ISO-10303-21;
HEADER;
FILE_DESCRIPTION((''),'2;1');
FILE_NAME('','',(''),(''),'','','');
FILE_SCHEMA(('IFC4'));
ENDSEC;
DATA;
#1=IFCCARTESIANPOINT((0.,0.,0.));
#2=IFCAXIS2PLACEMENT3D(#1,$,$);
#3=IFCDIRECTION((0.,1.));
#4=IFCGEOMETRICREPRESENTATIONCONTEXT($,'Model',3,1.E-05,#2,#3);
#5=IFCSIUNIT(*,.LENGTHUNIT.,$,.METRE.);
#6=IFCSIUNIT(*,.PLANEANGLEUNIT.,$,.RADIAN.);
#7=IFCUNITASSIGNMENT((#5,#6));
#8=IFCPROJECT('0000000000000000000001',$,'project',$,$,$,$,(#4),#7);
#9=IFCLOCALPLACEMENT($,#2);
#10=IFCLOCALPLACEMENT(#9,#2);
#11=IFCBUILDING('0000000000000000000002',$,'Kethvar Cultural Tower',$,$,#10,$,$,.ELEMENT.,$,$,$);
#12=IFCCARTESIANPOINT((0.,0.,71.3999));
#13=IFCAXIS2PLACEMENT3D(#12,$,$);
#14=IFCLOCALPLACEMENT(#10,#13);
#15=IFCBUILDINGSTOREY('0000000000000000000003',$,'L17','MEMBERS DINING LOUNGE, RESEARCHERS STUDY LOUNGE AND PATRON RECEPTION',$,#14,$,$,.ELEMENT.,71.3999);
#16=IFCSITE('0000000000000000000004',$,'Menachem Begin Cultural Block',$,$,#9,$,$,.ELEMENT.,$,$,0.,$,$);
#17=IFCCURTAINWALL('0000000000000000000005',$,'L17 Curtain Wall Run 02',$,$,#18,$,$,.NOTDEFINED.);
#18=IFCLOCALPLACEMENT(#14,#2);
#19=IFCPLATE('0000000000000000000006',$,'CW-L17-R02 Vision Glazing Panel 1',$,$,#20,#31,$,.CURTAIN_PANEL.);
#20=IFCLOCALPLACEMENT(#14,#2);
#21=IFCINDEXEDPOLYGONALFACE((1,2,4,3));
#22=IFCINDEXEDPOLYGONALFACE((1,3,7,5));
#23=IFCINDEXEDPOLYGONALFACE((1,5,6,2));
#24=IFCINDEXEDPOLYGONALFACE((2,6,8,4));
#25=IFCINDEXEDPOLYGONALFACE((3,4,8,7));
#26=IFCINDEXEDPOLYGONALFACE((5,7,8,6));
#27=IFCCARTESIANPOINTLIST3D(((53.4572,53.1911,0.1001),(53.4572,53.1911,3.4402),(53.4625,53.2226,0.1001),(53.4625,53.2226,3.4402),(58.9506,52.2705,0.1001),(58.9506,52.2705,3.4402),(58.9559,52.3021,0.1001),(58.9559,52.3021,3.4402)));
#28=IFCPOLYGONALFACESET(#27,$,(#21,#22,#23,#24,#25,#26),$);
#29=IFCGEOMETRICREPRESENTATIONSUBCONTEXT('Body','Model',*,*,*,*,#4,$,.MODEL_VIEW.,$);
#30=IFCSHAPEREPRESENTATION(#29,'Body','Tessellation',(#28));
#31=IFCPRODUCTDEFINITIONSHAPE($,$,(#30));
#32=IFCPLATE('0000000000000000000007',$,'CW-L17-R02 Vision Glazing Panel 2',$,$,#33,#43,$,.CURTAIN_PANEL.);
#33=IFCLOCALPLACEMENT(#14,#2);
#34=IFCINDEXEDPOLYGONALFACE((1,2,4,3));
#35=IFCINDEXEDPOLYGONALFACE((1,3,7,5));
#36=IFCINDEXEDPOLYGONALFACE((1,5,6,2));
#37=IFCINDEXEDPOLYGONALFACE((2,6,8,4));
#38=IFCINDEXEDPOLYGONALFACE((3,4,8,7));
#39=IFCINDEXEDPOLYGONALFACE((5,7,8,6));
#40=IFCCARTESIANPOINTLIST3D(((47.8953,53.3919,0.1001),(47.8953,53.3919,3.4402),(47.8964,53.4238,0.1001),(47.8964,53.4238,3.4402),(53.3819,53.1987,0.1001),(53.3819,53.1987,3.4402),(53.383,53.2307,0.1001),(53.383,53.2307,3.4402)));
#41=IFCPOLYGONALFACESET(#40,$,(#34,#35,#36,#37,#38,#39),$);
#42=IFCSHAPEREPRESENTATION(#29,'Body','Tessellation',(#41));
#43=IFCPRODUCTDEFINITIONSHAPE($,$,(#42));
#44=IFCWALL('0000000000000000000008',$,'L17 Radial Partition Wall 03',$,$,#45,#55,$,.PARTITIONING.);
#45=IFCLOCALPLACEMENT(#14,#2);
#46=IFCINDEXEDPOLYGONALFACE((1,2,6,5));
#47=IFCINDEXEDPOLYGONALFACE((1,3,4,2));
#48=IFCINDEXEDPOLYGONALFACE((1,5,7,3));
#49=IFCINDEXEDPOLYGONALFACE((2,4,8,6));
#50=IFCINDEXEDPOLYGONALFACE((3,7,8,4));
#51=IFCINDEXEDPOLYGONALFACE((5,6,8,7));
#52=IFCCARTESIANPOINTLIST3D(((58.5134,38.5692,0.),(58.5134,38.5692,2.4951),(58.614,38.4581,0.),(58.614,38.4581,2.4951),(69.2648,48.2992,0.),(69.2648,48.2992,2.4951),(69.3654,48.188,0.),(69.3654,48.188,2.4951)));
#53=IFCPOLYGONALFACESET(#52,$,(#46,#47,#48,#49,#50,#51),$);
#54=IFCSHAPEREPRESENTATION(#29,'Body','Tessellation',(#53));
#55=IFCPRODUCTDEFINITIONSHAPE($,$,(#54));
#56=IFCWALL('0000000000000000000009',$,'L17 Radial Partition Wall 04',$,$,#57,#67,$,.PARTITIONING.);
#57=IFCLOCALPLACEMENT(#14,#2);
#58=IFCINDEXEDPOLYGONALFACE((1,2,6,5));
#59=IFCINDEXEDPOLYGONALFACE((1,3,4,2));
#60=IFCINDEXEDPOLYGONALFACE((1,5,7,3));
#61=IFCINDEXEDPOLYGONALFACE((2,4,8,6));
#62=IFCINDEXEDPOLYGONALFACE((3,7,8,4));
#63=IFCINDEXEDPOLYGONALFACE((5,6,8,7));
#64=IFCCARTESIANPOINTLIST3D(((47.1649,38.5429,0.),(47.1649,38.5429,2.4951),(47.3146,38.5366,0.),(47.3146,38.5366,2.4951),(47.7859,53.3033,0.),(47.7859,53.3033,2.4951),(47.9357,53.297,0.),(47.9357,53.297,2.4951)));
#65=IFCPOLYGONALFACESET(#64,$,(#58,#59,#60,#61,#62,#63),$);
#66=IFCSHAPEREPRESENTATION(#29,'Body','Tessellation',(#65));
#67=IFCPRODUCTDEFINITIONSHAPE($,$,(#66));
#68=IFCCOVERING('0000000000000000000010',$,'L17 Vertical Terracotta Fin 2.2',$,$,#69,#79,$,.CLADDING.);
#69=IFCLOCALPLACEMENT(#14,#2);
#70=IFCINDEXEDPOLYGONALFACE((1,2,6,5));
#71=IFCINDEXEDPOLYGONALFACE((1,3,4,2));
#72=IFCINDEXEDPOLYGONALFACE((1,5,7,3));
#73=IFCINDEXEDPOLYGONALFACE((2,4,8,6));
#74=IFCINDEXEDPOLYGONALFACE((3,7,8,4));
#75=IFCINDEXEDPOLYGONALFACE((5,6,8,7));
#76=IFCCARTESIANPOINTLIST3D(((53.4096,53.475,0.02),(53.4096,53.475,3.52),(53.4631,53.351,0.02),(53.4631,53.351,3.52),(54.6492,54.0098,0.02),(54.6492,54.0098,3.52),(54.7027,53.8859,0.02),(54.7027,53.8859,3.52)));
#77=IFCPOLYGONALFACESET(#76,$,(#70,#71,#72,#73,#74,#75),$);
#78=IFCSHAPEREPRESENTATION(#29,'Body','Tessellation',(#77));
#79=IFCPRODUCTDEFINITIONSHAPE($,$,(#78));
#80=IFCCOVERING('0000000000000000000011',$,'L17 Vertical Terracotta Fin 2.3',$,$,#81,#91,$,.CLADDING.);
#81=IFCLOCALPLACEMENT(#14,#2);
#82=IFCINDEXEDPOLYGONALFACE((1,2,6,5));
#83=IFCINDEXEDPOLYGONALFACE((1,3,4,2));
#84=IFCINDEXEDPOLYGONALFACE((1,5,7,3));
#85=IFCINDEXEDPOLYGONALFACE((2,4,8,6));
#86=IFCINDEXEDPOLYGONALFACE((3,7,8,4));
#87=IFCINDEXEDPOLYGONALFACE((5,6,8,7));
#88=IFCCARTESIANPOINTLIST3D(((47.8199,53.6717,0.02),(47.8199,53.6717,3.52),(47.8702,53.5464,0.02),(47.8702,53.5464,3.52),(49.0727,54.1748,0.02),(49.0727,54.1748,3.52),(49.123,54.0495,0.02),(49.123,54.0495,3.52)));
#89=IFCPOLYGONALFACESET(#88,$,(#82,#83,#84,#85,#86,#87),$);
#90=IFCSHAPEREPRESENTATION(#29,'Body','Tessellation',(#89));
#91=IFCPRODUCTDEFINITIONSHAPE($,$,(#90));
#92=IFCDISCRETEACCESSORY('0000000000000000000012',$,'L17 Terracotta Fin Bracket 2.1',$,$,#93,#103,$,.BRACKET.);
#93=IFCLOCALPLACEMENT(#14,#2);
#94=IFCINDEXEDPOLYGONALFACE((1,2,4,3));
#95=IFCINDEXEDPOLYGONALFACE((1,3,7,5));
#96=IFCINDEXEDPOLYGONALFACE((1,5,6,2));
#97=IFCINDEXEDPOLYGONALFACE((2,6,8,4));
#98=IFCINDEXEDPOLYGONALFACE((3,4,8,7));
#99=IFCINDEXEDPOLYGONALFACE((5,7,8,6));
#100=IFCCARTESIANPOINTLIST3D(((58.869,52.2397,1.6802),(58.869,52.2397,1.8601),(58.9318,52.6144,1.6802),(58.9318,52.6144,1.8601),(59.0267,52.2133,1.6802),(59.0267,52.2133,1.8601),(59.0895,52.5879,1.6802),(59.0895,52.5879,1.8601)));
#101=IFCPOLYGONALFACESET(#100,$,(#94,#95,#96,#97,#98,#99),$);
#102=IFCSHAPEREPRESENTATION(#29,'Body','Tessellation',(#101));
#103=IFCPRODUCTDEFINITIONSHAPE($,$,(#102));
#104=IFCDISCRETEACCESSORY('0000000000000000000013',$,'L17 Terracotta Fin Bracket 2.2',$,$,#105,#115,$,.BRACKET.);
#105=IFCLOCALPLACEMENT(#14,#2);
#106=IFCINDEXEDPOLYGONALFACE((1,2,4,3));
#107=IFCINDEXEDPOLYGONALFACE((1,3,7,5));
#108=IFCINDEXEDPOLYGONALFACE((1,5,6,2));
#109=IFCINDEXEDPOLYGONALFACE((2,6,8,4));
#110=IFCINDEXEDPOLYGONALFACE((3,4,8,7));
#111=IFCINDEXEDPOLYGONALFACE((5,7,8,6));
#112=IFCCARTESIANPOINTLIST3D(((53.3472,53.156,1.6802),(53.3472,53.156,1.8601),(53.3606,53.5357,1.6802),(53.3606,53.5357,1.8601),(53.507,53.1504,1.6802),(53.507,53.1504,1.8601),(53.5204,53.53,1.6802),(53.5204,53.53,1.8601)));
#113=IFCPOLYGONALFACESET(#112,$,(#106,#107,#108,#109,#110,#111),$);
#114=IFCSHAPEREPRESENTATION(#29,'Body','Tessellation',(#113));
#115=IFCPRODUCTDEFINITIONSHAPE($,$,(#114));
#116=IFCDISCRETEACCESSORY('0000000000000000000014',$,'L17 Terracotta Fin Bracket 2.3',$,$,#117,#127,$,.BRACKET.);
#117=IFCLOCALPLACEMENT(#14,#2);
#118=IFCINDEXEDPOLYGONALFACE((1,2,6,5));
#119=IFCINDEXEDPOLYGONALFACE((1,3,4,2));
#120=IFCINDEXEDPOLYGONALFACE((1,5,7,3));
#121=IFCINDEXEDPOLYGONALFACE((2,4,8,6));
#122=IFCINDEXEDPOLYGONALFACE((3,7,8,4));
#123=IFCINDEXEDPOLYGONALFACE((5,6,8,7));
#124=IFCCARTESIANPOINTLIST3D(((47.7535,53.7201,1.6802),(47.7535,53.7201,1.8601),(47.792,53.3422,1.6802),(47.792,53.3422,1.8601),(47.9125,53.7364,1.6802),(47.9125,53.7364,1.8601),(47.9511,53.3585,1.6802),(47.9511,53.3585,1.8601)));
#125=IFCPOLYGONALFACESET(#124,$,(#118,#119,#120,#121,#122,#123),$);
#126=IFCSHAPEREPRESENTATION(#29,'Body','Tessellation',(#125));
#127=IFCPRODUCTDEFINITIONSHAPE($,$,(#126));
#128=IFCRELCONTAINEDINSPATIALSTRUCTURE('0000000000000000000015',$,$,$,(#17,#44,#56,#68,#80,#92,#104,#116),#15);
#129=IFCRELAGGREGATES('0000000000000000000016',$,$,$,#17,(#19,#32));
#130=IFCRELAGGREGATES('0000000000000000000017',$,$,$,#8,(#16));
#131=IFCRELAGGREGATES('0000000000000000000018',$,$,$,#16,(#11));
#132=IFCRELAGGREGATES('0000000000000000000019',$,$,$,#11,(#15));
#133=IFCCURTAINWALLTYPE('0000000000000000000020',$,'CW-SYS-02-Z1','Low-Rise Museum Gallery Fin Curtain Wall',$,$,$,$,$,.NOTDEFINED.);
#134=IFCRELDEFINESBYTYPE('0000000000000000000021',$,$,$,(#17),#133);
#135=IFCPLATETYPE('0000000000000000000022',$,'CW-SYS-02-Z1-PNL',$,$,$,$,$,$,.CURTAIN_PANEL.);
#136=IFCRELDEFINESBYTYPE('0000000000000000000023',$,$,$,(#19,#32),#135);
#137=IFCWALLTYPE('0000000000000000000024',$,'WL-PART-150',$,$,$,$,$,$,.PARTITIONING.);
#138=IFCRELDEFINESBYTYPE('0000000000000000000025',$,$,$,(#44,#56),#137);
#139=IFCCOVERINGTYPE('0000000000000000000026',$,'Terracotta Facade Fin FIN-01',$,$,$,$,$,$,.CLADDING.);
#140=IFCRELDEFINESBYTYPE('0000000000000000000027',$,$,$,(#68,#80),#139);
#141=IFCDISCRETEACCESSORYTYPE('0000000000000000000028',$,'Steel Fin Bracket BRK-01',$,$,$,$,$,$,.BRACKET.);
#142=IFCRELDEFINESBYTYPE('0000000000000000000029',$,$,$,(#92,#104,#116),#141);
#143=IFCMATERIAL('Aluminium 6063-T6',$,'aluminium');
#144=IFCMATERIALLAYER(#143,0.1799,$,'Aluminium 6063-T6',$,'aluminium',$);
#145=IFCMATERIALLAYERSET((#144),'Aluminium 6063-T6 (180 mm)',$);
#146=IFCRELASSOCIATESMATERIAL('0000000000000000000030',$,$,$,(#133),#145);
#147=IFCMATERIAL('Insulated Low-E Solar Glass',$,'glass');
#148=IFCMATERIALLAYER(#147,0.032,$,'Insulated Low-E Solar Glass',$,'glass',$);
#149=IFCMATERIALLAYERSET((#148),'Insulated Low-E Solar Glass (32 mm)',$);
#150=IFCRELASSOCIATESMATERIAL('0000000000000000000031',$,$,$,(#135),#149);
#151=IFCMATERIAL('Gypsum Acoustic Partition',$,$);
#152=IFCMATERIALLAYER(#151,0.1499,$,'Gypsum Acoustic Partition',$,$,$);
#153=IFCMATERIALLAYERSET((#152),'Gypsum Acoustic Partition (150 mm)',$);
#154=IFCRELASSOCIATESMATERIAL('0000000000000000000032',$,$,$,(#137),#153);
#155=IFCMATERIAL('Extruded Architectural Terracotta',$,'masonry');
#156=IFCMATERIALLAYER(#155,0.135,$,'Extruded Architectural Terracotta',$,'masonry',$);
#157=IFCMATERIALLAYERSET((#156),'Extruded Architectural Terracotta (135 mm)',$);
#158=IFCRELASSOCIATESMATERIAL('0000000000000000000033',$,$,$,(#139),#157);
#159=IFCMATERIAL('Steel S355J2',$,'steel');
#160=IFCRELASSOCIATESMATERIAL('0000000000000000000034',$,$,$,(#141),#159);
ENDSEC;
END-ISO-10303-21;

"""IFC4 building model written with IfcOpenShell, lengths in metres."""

from ifc_helpers import new_model, si_unit, direction, frame, frame_2d, origin, origin_2d, place, context, subcontext, project, spatial, rectangle, extrude, source, transform, mapped, material, layer, layer_set, type_object, element, aggregate, save


model = new_model("IFC4")

# Units and contexts
model_context = context("Model", 3, precision=1e-05, world=origin(), true_north=direction((0.0, 1.0)))
body_context = subcontext(model_context, "Body", "Model", "MODEL_VIEW")
ifc_project = project(units=[si_unit("LENGTHUNIT", "METRE"), si_unit("PLANEANGLEUNIT", "RADIAN")], contexts=[model_context])

# Site, building, storey
site_placement = place(None, origin())
site = spatial("IfcSite", under=ifc_project, at=site_placement, Name="Menachem Begin Cultural Block", CompositionType="ELEMENT", RefElevation=0.0)
building_placement = place(site_placement, origin())
building = spatial("IfcBuilding", under=site, at=building_placement, Name="Kethvar Cultural Tower", CompositionType="ELEMENT")
storey_placement = place(building_placement, frame((0.0, 0.0, 71.3999)))
storey = spatial("IfcBuildingStorey", under=building, at=storey_placement, Name="L17", Description="MEMBERS DINING LOUNGE, RESEARCHERS STUDY LOUNGE AND PATRON RECEPTION", CompositionType="ELEMENT", Elevation=71.3999)

# Shared definitions
ifc_material_1 = material(Name="Steel S355J2", Category="steel")

# Curtain wall
ifc_material_2 = material(Name="Aluminium 6063-T6", Category="aluminium")
ifc_layer_1 = layer(ifc_material_2, 0.1799, Name="Aluminium 6063-T6", Category="aluminium")
ifc_layer_set_1 = layer_set([ifc_layer_1], Name="Aluminium 6063-T6 (180 mm)")
curtain_wall_type = type_object("IfcCurtainWallType", Name="CW-SYS-02-Z1", Description="Low-Rise Museum Gallery Fin Curtain Wall", PredefinedType="NOTDEFINED", material=ifc_layer_set_1)
curtain_wall_1_placement = place(storey_placement, origin())
curtain_wall_1 = element("IfcCurtainWall", 1, at=curtain_wall_1_placement, inside=storey, type_object=curtain_wall_type, Name="L17 Curtain Wall Run 02", PredefinedType="NOTDEFINED")

# Plates
ifc_material_3 = material(Name="Insulated Low-E Solar Glass", Category="glass")
ifc_layer_2 = layer(ifc_material_3, 0.032, Name="Insulated Low-E Solar Glass", Category="glass")
ifc_layer_set_2 = layer_set([ifc_layer_2], Name="Insulated Low-E Solar Glass (32 mm)")
plate_type = type_object("IfcPlateType", Name="CW-SYS-02-Z1-PNL", PredefinedType="CURTAIN_PANEL", material=ifc_layer_set_2)
shared_shape_1 = source(origin(), body_context, "Body", "SweptSolid", [
    extrude(rectangle(XDim=5.5701, YDim=0.032, at=origin_2d()), origin(), (0.0, 0.0, 1.0), 3.3401),
])
plate_1_placement = place(storey_placement, frame((56.2065, 52.7466, 0.1001), z_axis=(0.0, 0.0, 1.0), x_axis=(-0.986248, 0.165271, 0.0)))
plate_1 = element("IfcPlate", 2, at=plate_1_placement, type_object=plate_type, Name="CW-L17-R02 Vision Glazing Panel 1", PredefinedType="CURTAIN_PANEL", context=body_context, shape_type="MappedRepresentation", body=[
    mapped(shared_shape_1, transform((0.0, 0.0, 0.0), scale=1.0)),
])
shared_shape_2 = source(origin(), body_context, "Body", "SweptSolid", [
    extrude(rectangle(XDim=5.49, YDim=0.032, at=origin_2d()), origin(), (0.0, 0.0, 1.0), 3.3401),
])
plate_2_placement = place(storey_placement, frame((50.6392, 53.3113, 0.1001), z_axis=(0.0, 0.0, 1.0), x_axis=(-0.999381, 0.035179, 0.0)))
plate_2 = element("IfcPlate", 3, at=plate_2_placement, type_object=plate_type, Name="CW-L17-R02 Vision Glazing Panel 2", PredefinedType="CURTAIN_PANEL", context=body_context, shape_type="MappedRepresentation", body=[
    mapped(shared_shape_2, transform((0.0, 0.0, 0.0), scale=1.0)),
])
aggregate(curtain_wall_1, [plate_1, plate_2])

# Walls
ifc_material_4 = material(Name="Gypsum Acoustic Partition")
ifc_layer_3 = layer(ifc_material_4, 0.1499, Name="Gypsum Acoustic Partition")
ifc_layer_set_3 = layer_set([ifc_layer_3], Name="Gypsum Acoustic Partition (150 mm)")
wall_type_1 = type_object("IfcWallType", Name="WL-PART-150", PredefinedType="PARTITIONING", material=ifc_layer_set_3)
wall_1_placement = place(storey_placement, frame((58.5637, 38.5137, 0.0), z_axis=(0.0, 0.0, 1.0), x_axis=(0.741451, 0.671007, 0.0)))
element("IfcWall", 4, at=wall_1_placement, inside=storey, type_object=wall_type_1, Name="L17 Radial Partition Wall 03", PredefinedType="PARTITIONING", context=body_context, shape_type="SweptSolid", body=[
    extrude(rectangle(XDim=14.5005, YDim=0.1499, at=frame_2d((7.2502, 0.0))), origin(), (0.0, 0.0, 1.0), 2.4951),
])
wall_2_placement = place(storey_placement, frame((47.2397, 38.5398, 0.0), z_axis=(0.0, 0.0, 1.0), x_axis=(0.042041, 0.999116, 0.0)))
element("IfcWall", 5, at=wall_2_placement, inside=storey, type_object=wall_type_1, Name="L17 Radial Partition Wall 04", PredefinedType="PARTITIONING", context=body_context, shape_type="SweptSolid", body=[
    extrude(rectangle(XDim=14.7734, YDim=0.1499, at=frame_2d((7.3867, 0.0))), origin(), (0.0, 0.0, 1.0), 2.4951),
])

# Coverings
ifc_material_5 = material(Name="Extruded Architectural Terracotta", Category="masonry")
ifc_layer_4 = layer(ifc_material_5, 0.135, Name="Extruded Architectural Terracotta", Category="masonry")
ifc_layer_set_4 = layer_set([ifc_layer_4], Name="Extruded Architectural Terracotta (135 mm)")
covering_type = type_object("IfcCoveringType", Name="Terracotta Facade Fin FIN-01", PredefinedType="CLADDING", material=ifc_layer_set_4)
shared_shape_3 = source(origin(), body_context, "Body", "SweptSolid", [
    extrude(rectangle(XDim=1.3501, YDim=0.135, at=origin_2d()), origin(), (0.0, 0.0, 1.0), 3.5),
])
for number, where, z_axis, x_axis, name in (
    (6, (54.0562, 53.6804, 0.02), (0.0, 0.0, 1.0), (0.91817, 0.396187, 0.0), "L17 Vertical Terracotta Fin 2.2"),
    (7, (48.4714, 53.8606, 0.02), (0.0, 0.0, 1.0), (0.927966, 0.372664, 0.0), "L17 Vertical Terracotta Fin 2.3"),
):
    element("IfcCovering", number, at=place(storey_placement, frame(where, z_axis=z_axis, x_axis=x_axis)), inside=storey, type_object=covering_type, Name=name, PredefinedType="CLADDING", context=body_context, shape_type="MappedRepresentation", body=[
        mapped(shared_shape_3, transform((0.0, 0.0, 0.0), scale=1.0)),
    ])

# Discrete accessories
discrete_accessory_type = type_object("IfcDiscreteAccessoryType", Name="Steel Fin Bracket BRK-01", PredefinedType="BRACKET", material=ifc_material_1)
shared_shape_4 = source(origin(), body_context, "Body", "SweptSolid", [
    extrude(rectangle(XDim=0.3799, YDim=0.1599, at=origin_2d()), origin(), (0.0, 0.0, 1.0), 0.1799),
])
for number, where, z_axis, x_axis, name in (
    (8, (58.9792, 52.4138, 1.6802), (0.0, 0.0, 1.0), (0.16522, 0.986257, 0.0), "L17 Terracotta Fin Bracket 2.1"),
    (9, (53.4338, 53.343, 1.6802), (0.0, 0.0, 1.0), (0.035248, 0.999379, 0.0), "L17 Terracotta Fin Bracket 2.2"),
    (10, (47.8523, 53.5393, 1.6802), (0.0, 0.0, 1.0), (-0.101577, 0.994828, 0.0), "L17 Terracotta Fin Bracket 2.3"),
):
    element("IfcDiscreteAccessory", number, at=place(storey_placement, frame(where, z_axis=z_axis, x_axis=x_axis)), inside=storey, type_object=discrete_accessory_type, Name=name, PredefinedType="BRACKET", context=body_context, shape_type="MappedRepresentation", body=[
        mapped(shared_shape_4, transform((0.0, 0.0, 0.0), scale=1.0)),
    ])

save(model, "model.ifc")
